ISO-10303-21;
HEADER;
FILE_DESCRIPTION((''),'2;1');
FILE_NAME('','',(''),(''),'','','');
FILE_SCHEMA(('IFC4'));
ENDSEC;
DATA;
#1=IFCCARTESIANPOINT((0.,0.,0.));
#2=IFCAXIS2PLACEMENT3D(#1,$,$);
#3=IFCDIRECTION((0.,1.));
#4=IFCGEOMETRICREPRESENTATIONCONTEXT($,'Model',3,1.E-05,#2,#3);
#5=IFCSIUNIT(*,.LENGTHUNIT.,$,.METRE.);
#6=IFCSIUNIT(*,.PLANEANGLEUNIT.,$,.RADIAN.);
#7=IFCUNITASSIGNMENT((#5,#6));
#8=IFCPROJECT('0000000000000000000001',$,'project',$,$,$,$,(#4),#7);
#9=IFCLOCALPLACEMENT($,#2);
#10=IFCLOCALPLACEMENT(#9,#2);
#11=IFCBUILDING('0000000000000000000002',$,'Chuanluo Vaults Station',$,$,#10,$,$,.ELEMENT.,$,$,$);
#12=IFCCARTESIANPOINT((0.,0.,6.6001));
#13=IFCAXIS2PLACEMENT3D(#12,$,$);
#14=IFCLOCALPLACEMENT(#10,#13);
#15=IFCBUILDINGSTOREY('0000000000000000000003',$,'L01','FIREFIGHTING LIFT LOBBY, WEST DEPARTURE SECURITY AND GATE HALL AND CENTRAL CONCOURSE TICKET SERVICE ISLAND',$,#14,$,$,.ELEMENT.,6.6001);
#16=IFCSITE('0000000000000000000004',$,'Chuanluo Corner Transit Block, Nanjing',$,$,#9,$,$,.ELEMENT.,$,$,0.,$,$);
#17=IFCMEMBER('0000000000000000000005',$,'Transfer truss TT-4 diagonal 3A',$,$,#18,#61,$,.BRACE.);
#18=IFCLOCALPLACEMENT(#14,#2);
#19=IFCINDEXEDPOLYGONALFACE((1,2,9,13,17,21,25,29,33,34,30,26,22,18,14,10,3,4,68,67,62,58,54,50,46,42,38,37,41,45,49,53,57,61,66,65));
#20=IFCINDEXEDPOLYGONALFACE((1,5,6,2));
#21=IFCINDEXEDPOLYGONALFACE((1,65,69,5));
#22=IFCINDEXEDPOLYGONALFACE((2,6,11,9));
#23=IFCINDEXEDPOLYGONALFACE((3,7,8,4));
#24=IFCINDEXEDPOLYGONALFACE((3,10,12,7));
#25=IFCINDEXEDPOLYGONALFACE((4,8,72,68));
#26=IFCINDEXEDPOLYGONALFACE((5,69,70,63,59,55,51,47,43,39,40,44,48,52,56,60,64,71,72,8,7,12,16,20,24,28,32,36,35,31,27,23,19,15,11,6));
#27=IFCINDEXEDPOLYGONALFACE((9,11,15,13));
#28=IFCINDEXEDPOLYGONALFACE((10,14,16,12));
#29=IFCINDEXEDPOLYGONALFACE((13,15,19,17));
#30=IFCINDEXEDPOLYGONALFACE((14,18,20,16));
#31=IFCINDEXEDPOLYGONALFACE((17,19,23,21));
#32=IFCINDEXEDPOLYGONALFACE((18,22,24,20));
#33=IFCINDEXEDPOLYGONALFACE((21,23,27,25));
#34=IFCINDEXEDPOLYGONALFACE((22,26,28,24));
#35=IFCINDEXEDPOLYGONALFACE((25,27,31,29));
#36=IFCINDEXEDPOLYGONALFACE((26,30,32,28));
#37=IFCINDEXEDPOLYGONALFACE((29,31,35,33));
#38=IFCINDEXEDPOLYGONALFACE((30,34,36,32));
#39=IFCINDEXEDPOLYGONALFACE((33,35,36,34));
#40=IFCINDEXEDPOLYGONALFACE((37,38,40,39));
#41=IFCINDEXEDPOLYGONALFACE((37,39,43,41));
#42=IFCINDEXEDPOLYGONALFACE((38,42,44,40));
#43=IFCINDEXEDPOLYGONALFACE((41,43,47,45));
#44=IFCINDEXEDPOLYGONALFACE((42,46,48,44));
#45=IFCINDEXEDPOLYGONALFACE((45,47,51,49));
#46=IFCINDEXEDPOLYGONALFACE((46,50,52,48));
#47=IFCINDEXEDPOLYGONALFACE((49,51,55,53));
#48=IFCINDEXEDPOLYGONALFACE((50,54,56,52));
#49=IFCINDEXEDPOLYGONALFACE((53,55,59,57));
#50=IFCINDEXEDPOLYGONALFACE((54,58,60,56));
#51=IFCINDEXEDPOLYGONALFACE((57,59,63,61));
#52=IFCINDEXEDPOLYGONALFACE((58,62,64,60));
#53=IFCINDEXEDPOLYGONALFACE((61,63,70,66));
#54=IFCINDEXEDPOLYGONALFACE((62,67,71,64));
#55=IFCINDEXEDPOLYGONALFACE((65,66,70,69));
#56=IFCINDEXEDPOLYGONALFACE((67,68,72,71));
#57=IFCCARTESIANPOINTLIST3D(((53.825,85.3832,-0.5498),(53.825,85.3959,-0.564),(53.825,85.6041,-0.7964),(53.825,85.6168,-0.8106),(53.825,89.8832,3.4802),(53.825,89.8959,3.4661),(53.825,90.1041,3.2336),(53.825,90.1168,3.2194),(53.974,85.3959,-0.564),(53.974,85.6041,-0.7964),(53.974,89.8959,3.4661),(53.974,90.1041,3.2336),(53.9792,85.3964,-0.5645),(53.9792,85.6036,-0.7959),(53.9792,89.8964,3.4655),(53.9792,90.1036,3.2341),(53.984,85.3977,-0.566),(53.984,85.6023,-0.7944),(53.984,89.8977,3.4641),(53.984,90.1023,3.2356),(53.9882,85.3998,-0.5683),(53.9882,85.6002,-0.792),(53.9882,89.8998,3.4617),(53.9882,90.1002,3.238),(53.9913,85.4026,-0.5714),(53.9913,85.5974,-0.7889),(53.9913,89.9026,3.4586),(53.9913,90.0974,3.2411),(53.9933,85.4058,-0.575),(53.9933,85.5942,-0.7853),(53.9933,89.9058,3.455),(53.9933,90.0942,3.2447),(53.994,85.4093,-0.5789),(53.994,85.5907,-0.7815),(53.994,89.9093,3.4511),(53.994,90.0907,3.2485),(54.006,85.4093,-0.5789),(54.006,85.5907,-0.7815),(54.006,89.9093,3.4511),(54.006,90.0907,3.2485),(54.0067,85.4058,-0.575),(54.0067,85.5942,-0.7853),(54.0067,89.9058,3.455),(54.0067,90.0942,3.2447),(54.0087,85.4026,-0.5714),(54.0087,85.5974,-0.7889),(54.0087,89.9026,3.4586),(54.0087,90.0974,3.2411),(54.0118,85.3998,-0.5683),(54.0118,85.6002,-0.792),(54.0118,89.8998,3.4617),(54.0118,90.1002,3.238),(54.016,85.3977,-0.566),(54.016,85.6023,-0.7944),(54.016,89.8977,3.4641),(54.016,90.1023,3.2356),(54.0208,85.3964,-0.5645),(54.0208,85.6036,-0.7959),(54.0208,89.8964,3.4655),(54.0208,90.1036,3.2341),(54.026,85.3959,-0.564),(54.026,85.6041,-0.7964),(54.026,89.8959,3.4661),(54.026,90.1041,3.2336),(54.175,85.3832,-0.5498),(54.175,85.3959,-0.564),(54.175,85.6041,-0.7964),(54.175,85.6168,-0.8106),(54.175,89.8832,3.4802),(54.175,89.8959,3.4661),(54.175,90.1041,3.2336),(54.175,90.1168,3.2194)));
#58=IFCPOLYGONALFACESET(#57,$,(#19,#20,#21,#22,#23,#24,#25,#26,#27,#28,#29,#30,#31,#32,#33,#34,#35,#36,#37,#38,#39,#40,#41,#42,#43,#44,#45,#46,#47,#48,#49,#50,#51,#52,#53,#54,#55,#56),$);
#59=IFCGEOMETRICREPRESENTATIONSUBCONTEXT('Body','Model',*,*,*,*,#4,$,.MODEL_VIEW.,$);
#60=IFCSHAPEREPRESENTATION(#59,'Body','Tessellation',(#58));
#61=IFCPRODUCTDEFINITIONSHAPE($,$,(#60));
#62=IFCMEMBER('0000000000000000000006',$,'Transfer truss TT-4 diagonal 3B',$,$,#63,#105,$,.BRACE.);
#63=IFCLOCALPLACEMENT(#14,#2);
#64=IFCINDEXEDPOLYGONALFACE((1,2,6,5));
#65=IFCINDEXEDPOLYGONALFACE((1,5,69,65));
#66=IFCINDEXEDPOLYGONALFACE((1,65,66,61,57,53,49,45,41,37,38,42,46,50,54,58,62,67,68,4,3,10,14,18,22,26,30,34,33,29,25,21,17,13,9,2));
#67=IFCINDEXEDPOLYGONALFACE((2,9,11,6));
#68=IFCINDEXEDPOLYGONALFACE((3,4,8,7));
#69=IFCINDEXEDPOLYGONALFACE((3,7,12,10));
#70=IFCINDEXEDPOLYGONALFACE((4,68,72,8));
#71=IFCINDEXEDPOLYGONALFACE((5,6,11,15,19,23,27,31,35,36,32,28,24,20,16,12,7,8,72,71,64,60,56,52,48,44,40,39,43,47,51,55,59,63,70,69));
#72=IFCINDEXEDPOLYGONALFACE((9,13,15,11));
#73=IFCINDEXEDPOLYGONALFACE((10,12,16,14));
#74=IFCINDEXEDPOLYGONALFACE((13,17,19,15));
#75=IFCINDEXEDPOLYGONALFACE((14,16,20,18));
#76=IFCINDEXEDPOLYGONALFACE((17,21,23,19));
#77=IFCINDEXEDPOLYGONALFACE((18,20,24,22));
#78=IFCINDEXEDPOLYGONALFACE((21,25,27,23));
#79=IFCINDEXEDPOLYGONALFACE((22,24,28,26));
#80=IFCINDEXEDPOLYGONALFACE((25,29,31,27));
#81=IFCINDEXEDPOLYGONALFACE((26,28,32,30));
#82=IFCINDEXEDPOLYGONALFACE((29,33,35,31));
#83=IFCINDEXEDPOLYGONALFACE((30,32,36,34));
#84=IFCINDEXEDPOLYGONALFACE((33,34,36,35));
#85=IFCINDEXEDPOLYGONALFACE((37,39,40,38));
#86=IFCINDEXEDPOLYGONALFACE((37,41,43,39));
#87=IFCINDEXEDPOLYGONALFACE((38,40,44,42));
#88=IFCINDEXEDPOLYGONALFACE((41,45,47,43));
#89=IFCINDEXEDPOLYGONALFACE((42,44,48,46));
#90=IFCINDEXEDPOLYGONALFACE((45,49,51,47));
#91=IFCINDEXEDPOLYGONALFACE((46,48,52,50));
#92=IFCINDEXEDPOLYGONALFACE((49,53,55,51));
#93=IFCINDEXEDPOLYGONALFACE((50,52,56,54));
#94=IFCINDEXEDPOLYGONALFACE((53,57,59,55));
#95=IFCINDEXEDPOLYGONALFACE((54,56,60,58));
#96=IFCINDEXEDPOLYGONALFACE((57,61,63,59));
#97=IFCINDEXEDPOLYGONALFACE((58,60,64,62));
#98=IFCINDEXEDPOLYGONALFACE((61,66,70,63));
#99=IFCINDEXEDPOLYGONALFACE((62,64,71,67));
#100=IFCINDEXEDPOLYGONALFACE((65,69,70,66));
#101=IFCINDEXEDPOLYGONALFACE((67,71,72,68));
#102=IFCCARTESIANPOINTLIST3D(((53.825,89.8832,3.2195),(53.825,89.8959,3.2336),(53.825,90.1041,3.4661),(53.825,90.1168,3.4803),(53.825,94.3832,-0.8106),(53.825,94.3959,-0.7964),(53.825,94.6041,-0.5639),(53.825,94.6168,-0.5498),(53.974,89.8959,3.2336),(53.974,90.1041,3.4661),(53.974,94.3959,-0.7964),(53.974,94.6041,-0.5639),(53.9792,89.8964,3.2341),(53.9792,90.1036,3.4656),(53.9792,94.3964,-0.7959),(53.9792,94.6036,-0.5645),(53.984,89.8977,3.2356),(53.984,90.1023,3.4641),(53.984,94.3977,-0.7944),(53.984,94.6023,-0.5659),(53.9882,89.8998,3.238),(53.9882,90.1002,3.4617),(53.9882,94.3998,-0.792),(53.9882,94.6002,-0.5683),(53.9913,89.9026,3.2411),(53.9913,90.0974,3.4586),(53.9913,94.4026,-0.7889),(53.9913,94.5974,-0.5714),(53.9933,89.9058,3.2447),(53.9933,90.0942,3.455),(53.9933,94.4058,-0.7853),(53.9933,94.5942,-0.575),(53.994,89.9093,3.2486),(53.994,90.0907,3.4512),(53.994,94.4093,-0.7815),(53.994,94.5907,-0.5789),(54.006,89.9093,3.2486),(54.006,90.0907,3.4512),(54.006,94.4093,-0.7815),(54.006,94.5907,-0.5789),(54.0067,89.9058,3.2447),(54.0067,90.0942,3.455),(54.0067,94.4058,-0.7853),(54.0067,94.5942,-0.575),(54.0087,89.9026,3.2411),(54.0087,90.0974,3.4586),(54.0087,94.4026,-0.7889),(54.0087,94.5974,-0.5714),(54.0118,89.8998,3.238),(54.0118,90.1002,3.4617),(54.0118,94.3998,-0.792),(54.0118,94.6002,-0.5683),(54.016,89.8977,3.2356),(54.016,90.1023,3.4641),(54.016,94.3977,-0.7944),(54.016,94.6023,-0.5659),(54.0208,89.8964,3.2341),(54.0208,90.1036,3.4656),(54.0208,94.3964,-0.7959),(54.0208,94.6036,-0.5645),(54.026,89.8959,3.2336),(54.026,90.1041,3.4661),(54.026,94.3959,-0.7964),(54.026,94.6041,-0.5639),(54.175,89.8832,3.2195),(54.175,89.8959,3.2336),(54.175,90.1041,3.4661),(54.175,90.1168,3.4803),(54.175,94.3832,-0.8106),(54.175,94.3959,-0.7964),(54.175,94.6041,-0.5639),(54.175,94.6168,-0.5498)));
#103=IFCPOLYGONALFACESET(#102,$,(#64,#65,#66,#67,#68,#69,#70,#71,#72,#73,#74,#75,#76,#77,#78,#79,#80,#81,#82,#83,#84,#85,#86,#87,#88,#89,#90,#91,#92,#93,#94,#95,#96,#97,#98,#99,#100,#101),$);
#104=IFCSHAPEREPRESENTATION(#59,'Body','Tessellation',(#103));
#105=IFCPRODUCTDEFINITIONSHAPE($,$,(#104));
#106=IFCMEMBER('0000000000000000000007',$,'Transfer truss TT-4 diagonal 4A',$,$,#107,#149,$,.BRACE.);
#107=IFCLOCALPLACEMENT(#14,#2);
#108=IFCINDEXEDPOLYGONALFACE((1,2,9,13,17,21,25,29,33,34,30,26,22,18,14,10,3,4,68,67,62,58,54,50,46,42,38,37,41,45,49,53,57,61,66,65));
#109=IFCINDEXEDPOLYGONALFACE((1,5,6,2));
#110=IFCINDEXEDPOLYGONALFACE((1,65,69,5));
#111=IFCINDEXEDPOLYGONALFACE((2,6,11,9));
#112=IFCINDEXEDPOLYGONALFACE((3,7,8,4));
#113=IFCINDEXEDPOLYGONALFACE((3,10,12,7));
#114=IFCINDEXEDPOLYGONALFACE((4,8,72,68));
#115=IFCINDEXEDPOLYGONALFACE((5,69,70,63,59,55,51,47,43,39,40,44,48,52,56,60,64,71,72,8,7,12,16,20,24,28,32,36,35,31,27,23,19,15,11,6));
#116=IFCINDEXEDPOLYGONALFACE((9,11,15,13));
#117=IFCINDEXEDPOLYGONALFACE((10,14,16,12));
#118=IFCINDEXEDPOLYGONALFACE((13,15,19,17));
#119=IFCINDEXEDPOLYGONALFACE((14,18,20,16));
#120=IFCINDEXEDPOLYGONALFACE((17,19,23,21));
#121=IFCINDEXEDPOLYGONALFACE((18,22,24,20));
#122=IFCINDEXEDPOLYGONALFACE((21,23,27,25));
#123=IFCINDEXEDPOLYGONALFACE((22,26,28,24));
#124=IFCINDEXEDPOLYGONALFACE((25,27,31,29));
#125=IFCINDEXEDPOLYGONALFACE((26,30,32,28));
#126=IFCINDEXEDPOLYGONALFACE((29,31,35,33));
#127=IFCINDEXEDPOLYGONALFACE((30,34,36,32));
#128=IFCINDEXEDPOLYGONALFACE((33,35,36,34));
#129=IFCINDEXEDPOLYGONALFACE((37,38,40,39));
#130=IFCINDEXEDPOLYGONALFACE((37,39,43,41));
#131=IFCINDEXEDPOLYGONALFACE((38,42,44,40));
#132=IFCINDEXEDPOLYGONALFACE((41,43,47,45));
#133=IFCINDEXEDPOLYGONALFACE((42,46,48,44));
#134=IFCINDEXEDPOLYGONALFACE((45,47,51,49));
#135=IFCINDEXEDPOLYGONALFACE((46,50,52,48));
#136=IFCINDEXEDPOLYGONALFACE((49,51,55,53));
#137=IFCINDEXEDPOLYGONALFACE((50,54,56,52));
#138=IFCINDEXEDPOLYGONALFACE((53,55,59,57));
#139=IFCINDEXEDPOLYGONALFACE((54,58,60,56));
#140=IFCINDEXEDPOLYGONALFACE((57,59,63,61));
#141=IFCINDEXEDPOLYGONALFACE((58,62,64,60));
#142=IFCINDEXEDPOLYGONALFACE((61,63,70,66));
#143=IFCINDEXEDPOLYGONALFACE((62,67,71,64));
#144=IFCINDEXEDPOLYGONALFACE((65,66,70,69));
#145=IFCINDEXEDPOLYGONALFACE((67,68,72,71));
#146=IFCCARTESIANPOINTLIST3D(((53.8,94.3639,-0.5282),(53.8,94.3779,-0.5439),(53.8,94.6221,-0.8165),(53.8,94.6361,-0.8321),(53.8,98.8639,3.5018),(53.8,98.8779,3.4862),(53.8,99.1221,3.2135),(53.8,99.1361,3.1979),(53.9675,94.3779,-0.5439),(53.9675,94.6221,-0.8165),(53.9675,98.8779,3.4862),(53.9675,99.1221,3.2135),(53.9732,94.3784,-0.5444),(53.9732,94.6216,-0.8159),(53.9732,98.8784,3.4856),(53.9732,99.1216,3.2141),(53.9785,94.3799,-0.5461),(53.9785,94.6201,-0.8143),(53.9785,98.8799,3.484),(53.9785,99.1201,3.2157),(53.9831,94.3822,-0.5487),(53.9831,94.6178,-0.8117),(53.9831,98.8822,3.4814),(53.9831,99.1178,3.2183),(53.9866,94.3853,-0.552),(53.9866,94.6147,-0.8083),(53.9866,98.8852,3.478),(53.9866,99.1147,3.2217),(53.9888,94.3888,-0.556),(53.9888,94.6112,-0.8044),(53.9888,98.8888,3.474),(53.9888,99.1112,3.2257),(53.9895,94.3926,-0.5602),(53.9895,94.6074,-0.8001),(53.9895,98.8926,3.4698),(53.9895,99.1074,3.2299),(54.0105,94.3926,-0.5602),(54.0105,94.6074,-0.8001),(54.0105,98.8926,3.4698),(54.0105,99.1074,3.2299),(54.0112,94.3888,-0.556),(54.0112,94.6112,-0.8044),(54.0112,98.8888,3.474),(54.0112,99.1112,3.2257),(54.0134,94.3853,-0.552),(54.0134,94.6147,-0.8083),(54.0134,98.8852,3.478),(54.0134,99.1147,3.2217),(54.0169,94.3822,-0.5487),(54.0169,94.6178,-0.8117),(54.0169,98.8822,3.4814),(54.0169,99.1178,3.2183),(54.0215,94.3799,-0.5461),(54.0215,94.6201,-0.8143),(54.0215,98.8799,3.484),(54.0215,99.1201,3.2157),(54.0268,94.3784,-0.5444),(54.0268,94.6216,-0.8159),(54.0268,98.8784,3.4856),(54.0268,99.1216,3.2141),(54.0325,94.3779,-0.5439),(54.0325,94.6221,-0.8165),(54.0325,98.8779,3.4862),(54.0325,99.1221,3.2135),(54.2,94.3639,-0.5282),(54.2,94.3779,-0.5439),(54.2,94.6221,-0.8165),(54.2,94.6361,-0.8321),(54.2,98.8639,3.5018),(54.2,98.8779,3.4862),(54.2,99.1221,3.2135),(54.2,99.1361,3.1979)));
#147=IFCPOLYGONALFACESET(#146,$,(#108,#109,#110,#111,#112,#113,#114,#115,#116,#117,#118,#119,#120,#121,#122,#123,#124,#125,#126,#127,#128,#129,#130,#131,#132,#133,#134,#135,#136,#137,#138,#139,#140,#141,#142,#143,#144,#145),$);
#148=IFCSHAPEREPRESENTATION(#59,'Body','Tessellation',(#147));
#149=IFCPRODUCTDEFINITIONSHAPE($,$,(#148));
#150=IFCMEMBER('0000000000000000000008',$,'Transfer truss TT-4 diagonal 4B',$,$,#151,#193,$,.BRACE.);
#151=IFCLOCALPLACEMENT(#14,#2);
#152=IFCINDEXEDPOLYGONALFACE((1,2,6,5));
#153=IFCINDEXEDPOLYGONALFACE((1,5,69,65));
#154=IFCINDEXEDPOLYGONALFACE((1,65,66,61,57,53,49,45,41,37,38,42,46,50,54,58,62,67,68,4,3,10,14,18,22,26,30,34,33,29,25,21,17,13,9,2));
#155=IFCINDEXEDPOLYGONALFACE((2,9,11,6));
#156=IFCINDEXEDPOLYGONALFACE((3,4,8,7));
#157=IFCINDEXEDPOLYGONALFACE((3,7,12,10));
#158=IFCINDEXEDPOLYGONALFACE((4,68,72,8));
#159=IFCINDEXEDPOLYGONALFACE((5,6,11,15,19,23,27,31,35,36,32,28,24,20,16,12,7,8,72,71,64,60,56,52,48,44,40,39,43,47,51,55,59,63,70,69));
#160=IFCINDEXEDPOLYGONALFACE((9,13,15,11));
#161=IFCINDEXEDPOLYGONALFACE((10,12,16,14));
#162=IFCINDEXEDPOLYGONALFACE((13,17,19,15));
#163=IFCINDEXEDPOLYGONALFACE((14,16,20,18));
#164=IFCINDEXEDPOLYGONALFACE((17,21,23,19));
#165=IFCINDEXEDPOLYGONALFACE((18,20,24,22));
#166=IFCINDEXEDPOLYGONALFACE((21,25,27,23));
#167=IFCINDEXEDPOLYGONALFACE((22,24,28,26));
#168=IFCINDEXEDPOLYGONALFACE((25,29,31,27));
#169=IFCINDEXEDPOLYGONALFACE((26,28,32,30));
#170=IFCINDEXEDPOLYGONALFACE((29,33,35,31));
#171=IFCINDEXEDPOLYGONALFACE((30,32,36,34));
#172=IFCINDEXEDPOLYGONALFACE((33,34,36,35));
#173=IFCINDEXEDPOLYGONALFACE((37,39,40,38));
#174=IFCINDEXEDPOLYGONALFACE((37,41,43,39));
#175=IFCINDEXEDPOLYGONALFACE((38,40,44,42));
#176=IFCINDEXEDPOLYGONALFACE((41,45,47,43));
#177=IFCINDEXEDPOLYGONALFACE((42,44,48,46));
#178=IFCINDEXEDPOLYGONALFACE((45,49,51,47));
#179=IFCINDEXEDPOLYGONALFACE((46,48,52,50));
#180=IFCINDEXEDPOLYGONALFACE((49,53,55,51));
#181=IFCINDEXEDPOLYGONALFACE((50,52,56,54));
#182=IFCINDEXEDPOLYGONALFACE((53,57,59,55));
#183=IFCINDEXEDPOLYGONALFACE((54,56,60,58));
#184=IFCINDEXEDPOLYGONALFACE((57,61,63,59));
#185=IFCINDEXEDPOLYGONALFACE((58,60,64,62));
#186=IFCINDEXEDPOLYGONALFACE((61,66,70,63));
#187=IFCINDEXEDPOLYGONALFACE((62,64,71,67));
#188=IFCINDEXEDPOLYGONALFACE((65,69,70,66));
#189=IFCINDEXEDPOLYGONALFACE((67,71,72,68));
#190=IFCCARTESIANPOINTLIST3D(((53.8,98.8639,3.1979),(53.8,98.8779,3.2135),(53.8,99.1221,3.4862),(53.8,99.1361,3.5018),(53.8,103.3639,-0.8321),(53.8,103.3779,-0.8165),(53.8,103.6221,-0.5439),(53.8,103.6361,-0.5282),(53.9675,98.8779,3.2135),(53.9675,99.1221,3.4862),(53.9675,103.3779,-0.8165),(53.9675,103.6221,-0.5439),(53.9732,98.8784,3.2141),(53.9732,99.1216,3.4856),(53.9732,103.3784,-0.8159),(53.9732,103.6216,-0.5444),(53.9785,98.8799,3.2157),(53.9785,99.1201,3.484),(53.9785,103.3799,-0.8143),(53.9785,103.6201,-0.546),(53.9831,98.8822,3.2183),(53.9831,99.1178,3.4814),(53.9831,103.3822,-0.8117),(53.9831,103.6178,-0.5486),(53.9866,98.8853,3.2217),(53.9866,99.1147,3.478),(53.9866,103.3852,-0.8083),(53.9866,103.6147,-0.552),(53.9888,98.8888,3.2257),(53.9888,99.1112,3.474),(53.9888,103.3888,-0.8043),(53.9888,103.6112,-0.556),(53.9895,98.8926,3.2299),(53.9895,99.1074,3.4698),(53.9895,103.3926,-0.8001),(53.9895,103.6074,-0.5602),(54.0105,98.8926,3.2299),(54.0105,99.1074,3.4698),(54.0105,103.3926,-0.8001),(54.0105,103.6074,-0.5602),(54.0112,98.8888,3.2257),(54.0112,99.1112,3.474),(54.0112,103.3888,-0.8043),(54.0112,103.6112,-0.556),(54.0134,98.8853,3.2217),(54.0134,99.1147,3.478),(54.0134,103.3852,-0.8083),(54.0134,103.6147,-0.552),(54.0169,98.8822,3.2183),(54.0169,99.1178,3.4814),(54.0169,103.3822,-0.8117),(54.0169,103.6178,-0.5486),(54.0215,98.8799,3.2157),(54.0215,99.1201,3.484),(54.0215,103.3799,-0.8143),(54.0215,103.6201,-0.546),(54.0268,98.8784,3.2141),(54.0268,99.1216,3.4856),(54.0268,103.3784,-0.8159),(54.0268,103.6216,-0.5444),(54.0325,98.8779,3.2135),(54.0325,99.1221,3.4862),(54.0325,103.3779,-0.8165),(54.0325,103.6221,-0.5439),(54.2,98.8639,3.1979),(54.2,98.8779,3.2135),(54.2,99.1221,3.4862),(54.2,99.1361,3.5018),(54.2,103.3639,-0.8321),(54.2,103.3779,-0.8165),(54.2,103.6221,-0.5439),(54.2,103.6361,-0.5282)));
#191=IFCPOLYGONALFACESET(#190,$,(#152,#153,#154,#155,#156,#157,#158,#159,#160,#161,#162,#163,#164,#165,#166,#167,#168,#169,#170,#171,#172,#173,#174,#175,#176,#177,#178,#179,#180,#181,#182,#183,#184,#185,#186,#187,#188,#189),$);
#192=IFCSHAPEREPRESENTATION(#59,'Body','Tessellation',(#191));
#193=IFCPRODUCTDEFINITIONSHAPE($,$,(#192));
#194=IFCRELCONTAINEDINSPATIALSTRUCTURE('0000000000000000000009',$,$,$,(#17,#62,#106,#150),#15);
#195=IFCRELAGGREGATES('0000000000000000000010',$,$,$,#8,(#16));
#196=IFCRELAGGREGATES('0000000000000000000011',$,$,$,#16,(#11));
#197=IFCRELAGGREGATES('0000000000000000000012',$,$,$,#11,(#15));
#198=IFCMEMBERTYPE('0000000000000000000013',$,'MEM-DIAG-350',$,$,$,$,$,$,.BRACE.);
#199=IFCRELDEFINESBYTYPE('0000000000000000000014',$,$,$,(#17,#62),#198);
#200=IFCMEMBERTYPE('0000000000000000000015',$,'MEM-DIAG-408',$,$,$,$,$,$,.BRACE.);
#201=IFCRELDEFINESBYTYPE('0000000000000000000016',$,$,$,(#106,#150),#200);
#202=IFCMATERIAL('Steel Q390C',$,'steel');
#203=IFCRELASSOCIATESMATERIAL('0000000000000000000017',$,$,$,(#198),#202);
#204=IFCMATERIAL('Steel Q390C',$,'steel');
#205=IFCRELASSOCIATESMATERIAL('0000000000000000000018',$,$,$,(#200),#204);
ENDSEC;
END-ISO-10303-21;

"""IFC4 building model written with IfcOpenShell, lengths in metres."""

from ifc_helpers import new_model, si_unit, direction, frame, origin, origin_2d, place, context, subcontext, project, spatial, i_section, extrude, material, material_profile, profile_set, type_object, element, save


model = new_model("IFC4")

# Units and contexts
model_context = context("Model", 3, precision=1e-05, world=origin(), true_north=direction((0.0, 1.0)))
body_context = subcontext(model_context, "Body", "Model", "MODEL_VIEW")
ifc_project = project(units=[si_unit("LENGTHUNIT", "METRE"), si_unit("PLANEANGLEUNIT", "RADIAN")], contexts=[model_context])

# Site, building, storey
site_placement = place(None, origin())
site = spatial("IfcSite", under=ifc_project, at=site_placement, Name="Chuanluo Corner Transit Block, Nanjing", CompositionType="ELEMENT", RefElevation=0.0)
building_placement = place(site_placement, origin())
building = spatial("IfcBuilding", under=site, at=building_placement, Name="Chuanluo Vaults Station", CompositionType="ELEMENT")
storey_placement = place(building_placement, frame((0.0, 0.0, 6.6001)))
storey = spatial("IfcBuildingStorey", under=building, at=storey_placement, Name="L01", Description="FIREFIGHTING LIFT LOBBY, WEST DEPARTURE SECURITY AND GATE HALL AND CENTRAL CONCOURSE TICKET SERVICE ISLAND", CompositionType="ELEMENT", Elevation=6.6001)

# Members
ifc_material_1 = material(Name="Steel Q390C", Category="steel")
ifc_material_profile_1 = material_profile(ifc_material_1, i_section(OverallWidth=0.3501, OverallDepth=0.3501, WebThickness=0.012, FlangeThickness=0.019, FilletRadius=0.02, at=origin_2d()))
ifc_profile_set_1 = profile_set([ifc_material_profile_1], Name="Steel Q390C")
member_type_1 = type_object("IfcMemberType", Name="MEM-DIAG-350", PredefinedType="BRACE", material=ifc_profile_set_1)
for number, where, z_axis, x_axis, name in (
    (1, (54.0, 85.5, -0.6802), (0.0, 0.744936, 0.667136), (-1.0, 0.0, 0.0), "Transfer truss TT-4 diagonal 3A"),
    (2, (54.0, 90.0, 3.3499), (0.0, 0.744936, -0.667136), (-1.0, 0.0, 0.0), "Transfer truss TT-4 diagonal 3B"),
):
    element("IfcMember", number, at=place(storey_placement, frame(where, z_axis=z_axis, x_axis=x_axis)), inside=storey, type_object=member_type_1, Name=name, PredefinedType="BRACE", context=body_context, shape_type="SweptSolid", body=[
        extrude(i_section(OverallWidth=0.3501, OverallDepth=0.3501, WebThickness=0.012, FlangeThickness=0.019, FilletRadius=0.02, at=origin_2d()), origin(), (0.0, 0.0, 1.0), 6.0408),
    ])
ifc_material_2 = material(Name="Steel Q390C", Category="steel")
ifc_material_profile_2 = material_profile(ifc_material_2, i_section(OverallWidth=0.3999, OverallDepth=0.408, WebThickness=0.021, FlangeThickness=0.021, FilletRadius=0.022, at=origin_2d()))
ifc_profile_set_2 = profile_set([ifc_material_profile_2], Name="Steel Q390C")
member_type_2 = type_object("IfcMemberType", Name="MEM-DIAG-408", PredefinedType="BRACE", material=ifc_profile_set_2)
for number, where, z_axis, x_axis, name in (
    (3, (54.0, 94.5, -0.6802), (0.0, 0.744936, 0.667136), (-1.0, 0.0, 0.0), "Transfer truss TT-4 diagonal 4A"),
    (4, (54.0, 99.0, 3.3499), (0.0, 0.744936, -0.667136), (-1.0, 0.0, 0.0), "Transfer truss TT-4 diagonal 4B"),
):
    element("IfcMember", number, at=place(storey_placement, frame(where, z_axis=z_axis, x_axis=x_axis)), inside=storey, type_object=member_type_2, Name=name, PredefinedType="BRACE", context=body_context, shape_type="SweptSolid", body=[
        extrude(i_section(OverallWidth=0.3999, OverallDepth=0.408, WebThickness=0.021, FlangeThickness=0.021, FilletRadius=0.022, at=origin_2d()), origin(), (0.0, 0.0, 1.0), 6.0408),
    ])

save(model, "model.ifc")
